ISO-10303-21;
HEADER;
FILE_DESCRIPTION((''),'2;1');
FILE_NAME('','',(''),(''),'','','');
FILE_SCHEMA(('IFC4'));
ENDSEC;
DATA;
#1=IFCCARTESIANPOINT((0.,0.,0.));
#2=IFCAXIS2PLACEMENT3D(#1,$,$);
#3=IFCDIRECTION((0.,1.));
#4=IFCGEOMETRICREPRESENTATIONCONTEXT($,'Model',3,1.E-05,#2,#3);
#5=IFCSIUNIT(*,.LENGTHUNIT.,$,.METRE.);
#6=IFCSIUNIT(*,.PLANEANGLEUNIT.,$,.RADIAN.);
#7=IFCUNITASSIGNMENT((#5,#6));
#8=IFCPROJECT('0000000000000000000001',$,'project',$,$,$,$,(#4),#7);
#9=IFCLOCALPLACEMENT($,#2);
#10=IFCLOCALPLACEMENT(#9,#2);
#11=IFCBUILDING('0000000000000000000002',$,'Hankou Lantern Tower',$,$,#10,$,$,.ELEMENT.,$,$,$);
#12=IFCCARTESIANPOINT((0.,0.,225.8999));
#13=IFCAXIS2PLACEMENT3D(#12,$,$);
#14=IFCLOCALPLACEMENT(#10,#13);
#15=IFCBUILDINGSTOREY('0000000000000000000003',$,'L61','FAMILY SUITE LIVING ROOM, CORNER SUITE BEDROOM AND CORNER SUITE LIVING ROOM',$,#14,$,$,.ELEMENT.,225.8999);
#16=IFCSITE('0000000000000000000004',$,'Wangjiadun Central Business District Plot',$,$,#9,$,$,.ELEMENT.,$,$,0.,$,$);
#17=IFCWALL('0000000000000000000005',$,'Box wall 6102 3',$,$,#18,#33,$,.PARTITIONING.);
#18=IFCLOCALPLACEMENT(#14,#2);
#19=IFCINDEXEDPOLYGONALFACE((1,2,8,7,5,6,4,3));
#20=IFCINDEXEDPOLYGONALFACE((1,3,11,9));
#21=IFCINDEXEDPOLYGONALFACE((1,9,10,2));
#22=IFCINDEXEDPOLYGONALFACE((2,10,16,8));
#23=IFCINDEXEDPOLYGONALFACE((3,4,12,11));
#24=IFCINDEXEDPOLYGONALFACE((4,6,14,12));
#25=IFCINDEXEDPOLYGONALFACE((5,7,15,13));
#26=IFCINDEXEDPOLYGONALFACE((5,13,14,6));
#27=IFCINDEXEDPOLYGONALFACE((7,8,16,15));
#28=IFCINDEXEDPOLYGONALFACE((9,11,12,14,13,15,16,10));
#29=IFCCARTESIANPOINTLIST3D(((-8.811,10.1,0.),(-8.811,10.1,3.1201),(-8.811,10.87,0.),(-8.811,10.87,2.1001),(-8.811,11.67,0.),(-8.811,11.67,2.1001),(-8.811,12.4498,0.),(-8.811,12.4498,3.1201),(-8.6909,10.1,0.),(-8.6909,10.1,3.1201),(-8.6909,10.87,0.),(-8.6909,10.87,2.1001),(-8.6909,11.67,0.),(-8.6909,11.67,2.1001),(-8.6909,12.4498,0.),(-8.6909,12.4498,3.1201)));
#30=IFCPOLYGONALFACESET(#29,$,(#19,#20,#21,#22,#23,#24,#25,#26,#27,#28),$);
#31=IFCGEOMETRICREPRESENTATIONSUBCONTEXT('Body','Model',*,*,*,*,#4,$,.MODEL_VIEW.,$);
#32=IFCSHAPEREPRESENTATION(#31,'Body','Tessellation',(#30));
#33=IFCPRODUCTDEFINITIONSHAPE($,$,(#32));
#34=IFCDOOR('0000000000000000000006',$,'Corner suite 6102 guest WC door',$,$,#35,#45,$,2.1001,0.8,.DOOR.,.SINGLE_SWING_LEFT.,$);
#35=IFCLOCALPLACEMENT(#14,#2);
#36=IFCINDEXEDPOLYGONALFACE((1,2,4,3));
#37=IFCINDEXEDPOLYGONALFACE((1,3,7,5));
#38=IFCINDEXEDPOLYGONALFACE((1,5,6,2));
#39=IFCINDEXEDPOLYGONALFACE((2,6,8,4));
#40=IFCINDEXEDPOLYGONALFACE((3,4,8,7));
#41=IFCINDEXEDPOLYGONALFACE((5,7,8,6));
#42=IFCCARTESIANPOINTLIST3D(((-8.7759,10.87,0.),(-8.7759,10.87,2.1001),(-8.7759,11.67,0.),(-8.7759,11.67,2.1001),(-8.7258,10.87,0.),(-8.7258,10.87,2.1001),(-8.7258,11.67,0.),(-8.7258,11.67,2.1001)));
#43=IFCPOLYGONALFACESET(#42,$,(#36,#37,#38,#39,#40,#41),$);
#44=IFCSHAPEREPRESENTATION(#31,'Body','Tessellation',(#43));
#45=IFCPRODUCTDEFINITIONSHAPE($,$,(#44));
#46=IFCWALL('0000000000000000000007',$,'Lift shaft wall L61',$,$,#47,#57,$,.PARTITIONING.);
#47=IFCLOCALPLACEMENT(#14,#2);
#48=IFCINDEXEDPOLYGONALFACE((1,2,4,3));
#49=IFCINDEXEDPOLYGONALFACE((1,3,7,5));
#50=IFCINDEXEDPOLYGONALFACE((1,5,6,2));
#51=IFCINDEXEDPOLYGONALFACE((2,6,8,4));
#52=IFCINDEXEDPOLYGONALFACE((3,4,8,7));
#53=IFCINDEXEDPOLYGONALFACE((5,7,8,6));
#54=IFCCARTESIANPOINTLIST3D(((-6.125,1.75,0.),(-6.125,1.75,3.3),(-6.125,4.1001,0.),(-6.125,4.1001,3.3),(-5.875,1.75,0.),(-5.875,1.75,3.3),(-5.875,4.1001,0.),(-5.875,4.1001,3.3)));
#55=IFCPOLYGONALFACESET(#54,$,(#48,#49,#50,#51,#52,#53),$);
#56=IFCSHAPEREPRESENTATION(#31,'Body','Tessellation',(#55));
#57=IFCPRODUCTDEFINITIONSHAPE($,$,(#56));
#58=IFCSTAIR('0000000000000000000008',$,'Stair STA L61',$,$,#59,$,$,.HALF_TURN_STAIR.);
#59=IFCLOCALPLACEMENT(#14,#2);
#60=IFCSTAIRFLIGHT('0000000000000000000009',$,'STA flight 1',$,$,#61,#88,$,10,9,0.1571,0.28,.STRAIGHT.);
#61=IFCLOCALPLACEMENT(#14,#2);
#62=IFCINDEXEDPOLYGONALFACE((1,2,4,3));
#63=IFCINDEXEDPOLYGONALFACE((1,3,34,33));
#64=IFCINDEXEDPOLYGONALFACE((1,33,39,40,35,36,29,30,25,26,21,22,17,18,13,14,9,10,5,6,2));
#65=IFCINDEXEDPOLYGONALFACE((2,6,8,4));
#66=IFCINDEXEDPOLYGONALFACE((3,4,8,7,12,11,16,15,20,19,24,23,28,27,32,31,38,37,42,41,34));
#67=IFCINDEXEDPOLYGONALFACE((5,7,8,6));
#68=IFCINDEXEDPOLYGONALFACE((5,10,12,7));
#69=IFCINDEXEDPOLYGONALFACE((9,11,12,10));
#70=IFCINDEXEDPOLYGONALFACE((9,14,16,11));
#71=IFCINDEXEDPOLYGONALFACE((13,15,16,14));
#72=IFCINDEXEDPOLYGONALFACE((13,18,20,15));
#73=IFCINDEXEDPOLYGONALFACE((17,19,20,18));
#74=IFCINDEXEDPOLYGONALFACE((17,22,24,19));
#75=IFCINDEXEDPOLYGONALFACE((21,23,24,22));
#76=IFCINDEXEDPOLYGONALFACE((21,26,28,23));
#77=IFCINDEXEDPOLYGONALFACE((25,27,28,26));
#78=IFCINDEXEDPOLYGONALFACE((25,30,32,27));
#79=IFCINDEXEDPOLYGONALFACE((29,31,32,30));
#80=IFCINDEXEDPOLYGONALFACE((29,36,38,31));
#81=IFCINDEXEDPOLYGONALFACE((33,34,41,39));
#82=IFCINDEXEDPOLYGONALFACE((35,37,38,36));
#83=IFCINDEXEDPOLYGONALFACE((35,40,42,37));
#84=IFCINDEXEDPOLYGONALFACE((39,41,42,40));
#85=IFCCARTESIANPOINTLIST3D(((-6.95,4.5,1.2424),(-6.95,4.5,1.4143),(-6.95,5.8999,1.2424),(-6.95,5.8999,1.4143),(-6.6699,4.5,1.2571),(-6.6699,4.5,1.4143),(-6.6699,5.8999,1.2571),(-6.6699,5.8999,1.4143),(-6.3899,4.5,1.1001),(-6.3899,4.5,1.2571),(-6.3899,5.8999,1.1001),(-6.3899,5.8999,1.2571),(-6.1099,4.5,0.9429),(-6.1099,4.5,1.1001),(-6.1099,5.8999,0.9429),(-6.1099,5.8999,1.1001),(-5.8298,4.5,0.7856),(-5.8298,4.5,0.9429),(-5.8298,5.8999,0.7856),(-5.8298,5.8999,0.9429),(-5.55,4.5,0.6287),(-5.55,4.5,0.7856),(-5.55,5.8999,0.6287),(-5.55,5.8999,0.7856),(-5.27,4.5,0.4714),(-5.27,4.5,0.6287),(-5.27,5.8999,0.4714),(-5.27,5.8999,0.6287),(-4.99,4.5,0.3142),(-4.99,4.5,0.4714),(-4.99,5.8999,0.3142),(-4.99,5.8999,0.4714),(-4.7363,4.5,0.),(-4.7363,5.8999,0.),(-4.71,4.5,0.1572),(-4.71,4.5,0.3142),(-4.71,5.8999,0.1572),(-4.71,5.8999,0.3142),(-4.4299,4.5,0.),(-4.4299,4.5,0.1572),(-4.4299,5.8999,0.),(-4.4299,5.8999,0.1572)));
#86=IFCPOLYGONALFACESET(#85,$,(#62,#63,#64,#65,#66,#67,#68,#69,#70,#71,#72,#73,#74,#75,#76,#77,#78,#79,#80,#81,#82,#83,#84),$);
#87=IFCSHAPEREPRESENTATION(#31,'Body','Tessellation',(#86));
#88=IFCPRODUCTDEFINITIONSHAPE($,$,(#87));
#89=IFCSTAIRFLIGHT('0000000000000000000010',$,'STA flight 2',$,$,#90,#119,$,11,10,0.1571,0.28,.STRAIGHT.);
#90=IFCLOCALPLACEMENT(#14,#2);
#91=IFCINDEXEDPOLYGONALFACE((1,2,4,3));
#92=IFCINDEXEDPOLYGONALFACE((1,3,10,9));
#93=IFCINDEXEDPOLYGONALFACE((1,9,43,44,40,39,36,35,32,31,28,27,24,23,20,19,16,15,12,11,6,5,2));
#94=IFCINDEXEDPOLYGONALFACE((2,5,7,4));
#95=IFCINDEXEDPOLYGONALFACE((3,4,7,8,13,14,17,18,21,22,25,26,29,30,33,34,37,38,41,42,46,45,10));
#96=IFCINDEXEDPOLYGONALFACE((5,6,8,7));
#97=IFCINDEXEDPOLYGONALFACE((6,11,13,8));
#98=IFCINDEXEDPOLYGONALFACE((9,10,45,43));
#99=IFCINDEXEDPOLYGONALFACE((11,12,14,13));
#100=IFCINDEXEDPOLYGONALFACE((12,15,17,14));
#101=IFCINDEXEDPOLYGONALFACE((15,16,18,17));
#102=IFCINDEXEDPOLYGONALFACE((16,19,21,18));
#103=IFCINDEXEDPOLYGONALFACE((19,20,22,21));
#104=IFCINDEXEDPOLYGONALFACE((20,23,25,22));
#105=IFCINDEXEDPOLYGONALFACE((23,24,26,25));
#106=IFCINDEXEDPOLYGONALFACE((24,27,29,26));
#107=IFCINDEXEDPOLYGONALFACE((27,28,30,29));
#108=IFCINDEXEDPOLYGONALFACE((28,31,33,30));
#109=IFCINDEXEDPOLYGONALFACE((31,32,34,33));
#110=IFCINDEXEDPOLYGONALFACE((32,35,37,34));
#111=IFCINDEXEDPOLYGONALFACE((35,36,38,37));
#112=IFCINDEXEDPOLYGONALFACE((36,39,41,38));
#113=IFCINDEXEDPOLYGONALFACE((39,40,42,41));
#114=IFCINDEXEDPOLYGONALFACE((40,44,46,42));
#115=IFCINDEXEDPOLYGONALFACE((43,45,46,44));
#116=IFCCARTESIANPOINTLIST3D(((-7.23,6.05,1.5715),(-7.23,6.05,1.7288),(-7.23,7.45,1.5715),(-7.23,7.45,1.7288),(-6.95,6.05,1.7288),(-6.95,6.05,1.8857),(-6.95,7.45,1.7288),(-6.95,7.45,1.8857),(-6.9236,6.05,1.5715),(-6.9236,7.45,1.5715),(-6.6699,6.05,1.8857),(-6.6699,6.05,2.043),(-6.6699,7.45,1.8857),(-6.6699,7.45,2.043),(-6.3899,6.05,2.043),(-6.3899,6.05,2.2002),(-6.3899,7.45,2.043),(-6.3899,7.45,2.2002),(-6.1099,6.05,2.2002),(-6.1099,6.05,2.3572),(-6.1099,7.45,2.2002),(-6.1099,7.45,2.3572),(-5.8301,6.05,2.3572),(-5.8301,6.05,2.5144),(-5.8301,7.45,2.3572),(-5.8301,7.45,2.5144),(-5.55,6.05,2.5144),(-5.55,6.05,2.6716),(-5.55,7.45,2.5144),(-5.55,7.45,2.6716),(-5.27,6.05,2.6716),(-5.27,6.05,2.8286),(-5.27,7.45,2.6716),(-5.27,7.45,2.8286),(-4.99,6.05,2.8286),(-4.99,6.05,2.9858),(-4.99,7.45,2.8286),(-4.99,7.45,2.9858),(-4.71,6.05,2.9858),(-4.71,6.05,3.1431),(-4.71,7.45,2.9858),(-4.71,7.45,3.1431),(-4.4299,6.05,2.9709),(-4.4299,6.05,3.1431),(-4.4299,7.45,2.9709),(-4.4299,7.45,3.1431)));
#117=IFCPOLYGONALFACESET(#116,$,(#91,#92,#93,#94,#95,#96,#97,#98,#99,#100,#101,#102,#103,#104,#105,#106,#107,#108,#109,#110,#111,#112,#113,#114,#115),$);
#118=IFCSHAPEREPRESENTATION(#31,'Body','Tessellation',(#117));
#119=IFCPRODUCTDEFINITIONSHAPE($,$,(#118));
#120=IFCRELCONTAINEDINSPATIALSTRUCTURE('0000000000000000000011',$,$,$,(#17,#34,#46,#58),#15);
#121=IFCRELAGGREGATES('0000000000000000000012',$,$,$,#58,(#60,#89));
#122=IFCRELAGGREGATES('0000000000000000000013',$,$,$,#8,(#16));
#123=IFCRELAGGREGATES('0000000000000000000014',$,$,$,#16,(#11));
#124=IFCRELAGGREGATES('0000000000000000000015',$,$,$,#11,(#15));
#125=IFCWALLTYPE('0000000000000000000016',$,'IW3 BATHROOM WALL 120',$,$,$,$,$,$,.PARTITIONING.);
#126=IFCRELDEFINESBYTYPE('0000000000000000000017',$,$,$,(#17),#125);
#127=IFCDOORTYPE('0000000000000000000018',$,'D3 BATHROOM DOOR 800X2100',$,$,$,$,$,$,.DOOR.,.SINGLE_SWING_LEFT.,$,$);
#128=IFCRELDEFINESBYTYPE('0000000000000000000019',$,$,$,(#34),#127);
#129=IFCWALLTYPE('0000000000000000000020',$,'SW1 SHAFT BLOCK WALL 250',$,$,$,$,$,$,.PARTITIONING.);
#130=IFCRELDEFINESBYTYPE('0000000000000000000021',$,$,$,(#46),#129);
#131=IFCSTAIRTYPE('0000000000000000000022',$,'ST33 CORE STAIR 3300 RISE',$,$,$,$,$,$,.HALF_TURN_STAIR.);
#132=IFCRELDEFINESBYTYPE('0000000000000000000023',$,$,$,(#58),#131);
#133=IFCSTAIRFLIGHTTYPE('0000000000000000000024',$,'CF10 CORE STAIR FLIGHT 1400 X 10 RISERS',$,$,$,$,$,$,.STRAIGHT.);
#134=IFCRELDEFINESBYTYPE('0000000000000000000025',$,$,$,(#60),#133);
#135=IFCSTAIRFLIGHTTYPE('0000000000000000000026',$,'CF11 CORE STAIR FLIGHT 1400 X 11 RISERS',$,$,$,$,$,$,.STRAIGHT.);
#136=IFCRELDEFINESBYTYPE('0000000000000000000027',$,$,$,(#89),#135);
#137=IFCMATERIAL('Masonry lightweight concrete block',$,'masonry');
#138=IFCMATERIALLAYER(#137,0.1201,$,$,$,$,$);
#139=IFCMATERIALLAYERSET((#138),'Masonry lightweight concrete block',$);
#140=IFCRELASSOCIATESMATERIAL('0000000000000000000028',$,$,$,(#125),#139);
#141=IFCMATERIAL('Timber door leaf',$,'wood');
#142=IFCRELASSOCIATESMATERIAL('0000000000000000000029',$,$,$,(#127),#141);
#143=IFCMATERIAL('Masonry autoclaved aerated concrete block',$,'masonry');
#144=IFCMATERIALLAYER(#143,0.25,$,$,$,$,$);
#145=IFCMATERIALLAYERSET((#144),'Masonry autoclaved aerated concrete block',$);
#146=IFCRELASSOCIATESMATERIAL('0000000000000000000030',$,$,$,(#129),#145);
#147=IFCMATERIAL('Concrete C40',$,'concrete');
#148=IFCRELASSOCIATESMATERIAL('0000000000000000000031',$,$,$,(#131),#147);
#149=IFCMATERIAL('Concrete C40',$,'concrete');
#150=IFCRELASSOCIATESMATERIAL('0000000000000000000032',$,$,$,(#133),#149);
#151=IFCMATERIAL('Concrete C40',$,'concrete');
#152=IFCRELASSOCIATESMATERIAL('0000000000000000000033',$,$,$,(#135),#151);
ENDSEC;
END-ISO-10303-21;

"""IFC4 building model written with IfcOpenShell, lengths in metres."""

from ifc_helpers import new_model, si_unit, direction, frame, frame_2d, origin, place, context, subcontext, project, spatial, polyline, rectangle, outline, extrude, material, layer, layer_set, type_object, element, fill, aggregate, save


model = new_model("IFC4")

# Units and contexts
model_context = context("Model", 3, precision=1e-05, world=origin(), true_north=direction((0.0, 1.0)))
body_context = subcontext(model_context, "Body", "Model", "MODEL_VIEW")
ifc_project = project(units=[si_unit("LENGTHUNIT", "METRE"), si_unit("PLANEANGLEUNIT", "RADIAN")], contexts=[model_context])

# Site, building, storey
site_placement = place(None, origin())
site = spatial("IfcSite", under=ifc_project, at=site_placement, Name="Wangjiadun Central Business District Plot", CompositionType="ELEMENT", RefElevation=0.0)
building_placement = place(site_placement, origin())
building = spatial("IfcBuilding", under=site, at=building_placement, Name="Hankou Lantern Tower", CompositionType="ELEMENT")
storey_placement = place(building_placement, frame((0.0, 0.0, 225.8999)))
storey = spatial("IfcBuildingStorey", under=building, at=storey_placement, Name="L61", Description="FAMILY SUITE LIVING ROOM, CORNER SUITE BEDROOM AND CORNER SUITE LIVING ROOM", CompositionType="ELEMENT", Elevation=225.8999)

# Shared definitions
ifc_material_1 = material(Name="Masonry lightweight concrete block", Category="masonry")
ifc_layer_1 = layer(ifc_material_1, 0.1201)
ifc_layer_set_1 = layer_set([ifc_layer_1], Name="Masonry lightweight concrete block")
wall_type_1 = type_object("IfcWallType", Name="IW3 BATHROOM WALL 120", PredefinedType="PARTITIONING", material=ifc_layer_set_1)

# Wall, opening, door
wall_1_placement = place(storey_placement, frame((-8.751, 10.1001, 0.0), z_axis=(0.0, 0.0, 1.0), x_axis=(0.0, 1.0, 0.0)))
wall_1 = element("IfcWall", 1, at=wall_1_placement, inside=storey, type_object=wall_type_1, Name="Box wall 6102 3", PredefinedType="PARTITIONING", context=body_context, shape_type="SweptSolid", body=[
    extrude(rectangle(XDim=2.3499, YDim=0.1201, at=frame_2d((1.1748, 0.0))), origin(), (0.0, 0.0, 1.0), 3.1201),
])
opening_1_placement = place(wall_1_placement, frame((0.77, 0.0, 0.0)))
opening_1 = element("IfcOpeningElement", 2, at=opening_1_placement, cuts=wall_1, PredefinedType="OPENING", context=body_context, shape_type="SweptSolid", body=[
    extrude(rectangle(XDim=0.8, YDim=2.1001, at=frame_2d((0.3999, 1.05))), frame((0.0, 0.0701, 0.0), z_axis=(0.0, -1.0, 0.0), x_axis=(1.0, 0.0, 0.0)), (0.0, 0.0, 1.0), 0.1401),
])
ifc_material_2 = material(Name="Timber door leaf", Category="wood")
door_type_1 = type_object("IfcDoorType", Name="D3 BATHROOM DOOR 800X2100", OperationType="SINGLE_SWING_LEFT", PredefinedType="DOOR", material=ifc_material_2)
door_1_placement = place(opening_1_placement, origin())
door_1 = element("IfcDoor", 3, at=door_1_placement, inside=storey, type_object=door_type_1, Name="Corner suite 6102 guest WC door", OperationType="SINGLE_SWING_LEFT", OverallHeight=2.1001, OverallWidth=0.8, PredefinedType="DOOR", context=body_context, shape_type="SweptSolid", body=[
    extrude(rectangle(XDim=0.8, YDim=2.1001, at=frame_2d((0.3999, 1.05))), frame((0.0, 0.0249, 0.0), z_axis=(0.0, -1.0, 0.0), x_axis=(1.0, 0.0, 0.0)), (0.0, 0.0, 1.0), 0.05),
])
fill(opening_1, door_1)

# Wall
ifc_material_3 = material(Name="Masonry autoclaved aerated concrete block", Category="masonry")
ifc_layer_2 = layer(ifc_material_3, 0.25)
ifc_layer_set_2 = layer_set([ifc_layer_2], Name="Masonry autoclaved aerated concrete block")
wall_type_2 = type_object("IfcWallType", Name="SW1 SHAFT BLOCK WALL 250", PredefinedType="PARTITIONING", material=ifc_layer_set_2)
wall_2_placement = place(storey_placement, frame((-6.0, 1.75, 0.0), z_axis=(0.0, 0.0, 1.0), x_axis=(0.0, 1.0, 0.0)))
element("IfcWall", 4, at=wall_2_placement, inside=storey, type_object=wall_type_2, Name="Lift shaft wall L61", PredefinedType="PARTITIONING", context=body_context, shape_type="SweptSolid", body=[
    extrude(rectangle(XDim=2.3501, YDim=0.25, at=frame_2d((1.175, 0.0))), origin(), (0.0, 0.0, 1.0), 3.3),
])

# Stair, stair flights
ifc_material_4 = material(Name="Concrete C40", Category="concrete")
stair_type = type_object("IfcStairType", Name="ST33 CORE STAIR 3300 RISE", PredefinedType="HALF_TURN_STAIR", material=ifc_material_4)
stair_placement = place(storey_placement, origin())
stair = element("IfcStair", 5, at=stair_placement, inside=storey, type_object=stair_type, Name="Stair STA L61", PredefinedType="HALF_TURN_STAIR")
ifc_material_5 = material(Name="Concrete C40", Category="concrete")
stair_flight_type_1 = type_object("IfcStairFlightType", Name="CF10 CORE STAIR FLIGHT 1400 X 10 RISERS", PredefinedType="STRAIGHT", material=ifc_material_5)
stair_flight_1_placement = place(storey_placement, frame((-4.4299, 5.2, 0.0), z_axis=(0.0, 0.0, 1.0), x_axis=(-1.0, 0.0, 0.0)))
stair_flight_1 = element("IfcStairFlight", 6, at=stair_flight_1_placement, type_object=stair_flight_type_1, Name="STA flight 1", NumberOfRisers=10, NumberOfTreads=9, PredefinedType="STRAIGHT", RiserHeight=0.1571, TreadLength=0.28, context=body_context, shape_type="SweptSolid", body=[
    extrude(outline(polyline([(0.0, 0.0), (0.0, 0.1572), (0.28, 0.1572), (0.28, 0.3142), (0.5601, 0.3142), (0.5601, 0.4714), (0.8401, 0.4714), (0.8401, 0.6287), (1.1201, 0.6287), (1.1201, 0.7856), (1.3999, 0.7856), (1.3999, 0.9429), (1.6799, 0.9429), (1.6799, 1.1001), (1.96, 1.1001), (1.96, 1.2571), (2.24, 1.2571), (2.24, 1.4143), (2.52, 1.4143), (2.52, 1.5715), (2.52, 1.2424), (0.3064, 0.0), (0.0, 0.0)])), frame((0.0, 0.7, 0.0), z_axis=(0.0, -1.0, 0.0), x_axis=(1.0, 0.0, 0.0)), (0.0, 0.0, 1.0), 1.3999),
])
ifc_material_6 = material(Name="Concrete C40", Category="concrete")
stair_flight_type_2 = type_object("IfcStairFlightType", Name="CF11 CORE STAIR FLIGHT 1400 X 11 RISERS", PredefinedType="STRAIGHT", material=ifc_material_6)
stair_flight_2_placement = place(storey_placement, frame((-7.23, 6.75, 1.5715), z_axis=(0.0, 0.0, 1.0), x_axis=(1.0, 0.0, 0.0)))
stair_flight_2 = element("IfcStairFlight", 7, at=stair_flight_2_placement, type_object=stair_flight_type_2, Name="STA flight 2", NumberOfRisers=11, NumberOfTreads=10, PredefinedType="STRAIGHT", RiserHeight=0.1571, TreadLength=0.28, context=body_context, shape_type="SweptSolid", body=[
    extrude(outline(polyline([(0.0, 0.0), (0.0, 0.1572), (0.28, 0.1572), (0.28, 0.3142), (0.5601, 0.3142), (0.5601, 0.4714), (0.8401, 0.4714), (0.8401, 0.6287), (1.1201, 0.6287), (1.1201, 0.7856), (1.3999, 0.7856), (1.3999, 0.9429), (1.6799, 0.9429), (1.6799, 1.1001), (1.96, 1.1001), (1.96, 1.2571), (2.24, 1.2571), (2.24, 1.4143), (2.52, 1.4143), (2.52, 1.5715), (2.8, 1.5715), (2.8, 1.7285), (2.8, 1.3994), (0.3064, 0.0), (0.0, 0.0)])), frame((0.0, 0.7, 0.0), z_axis=(0.0, -1.0, 0.0), x_axis=(1.0, 0.0, 0.0)), (0.0, 0.0, 1.0), 1.3999),
])
aggregate(stair, [stair_flight_1, stair_flight_2])

save(model, "model.ifc")
